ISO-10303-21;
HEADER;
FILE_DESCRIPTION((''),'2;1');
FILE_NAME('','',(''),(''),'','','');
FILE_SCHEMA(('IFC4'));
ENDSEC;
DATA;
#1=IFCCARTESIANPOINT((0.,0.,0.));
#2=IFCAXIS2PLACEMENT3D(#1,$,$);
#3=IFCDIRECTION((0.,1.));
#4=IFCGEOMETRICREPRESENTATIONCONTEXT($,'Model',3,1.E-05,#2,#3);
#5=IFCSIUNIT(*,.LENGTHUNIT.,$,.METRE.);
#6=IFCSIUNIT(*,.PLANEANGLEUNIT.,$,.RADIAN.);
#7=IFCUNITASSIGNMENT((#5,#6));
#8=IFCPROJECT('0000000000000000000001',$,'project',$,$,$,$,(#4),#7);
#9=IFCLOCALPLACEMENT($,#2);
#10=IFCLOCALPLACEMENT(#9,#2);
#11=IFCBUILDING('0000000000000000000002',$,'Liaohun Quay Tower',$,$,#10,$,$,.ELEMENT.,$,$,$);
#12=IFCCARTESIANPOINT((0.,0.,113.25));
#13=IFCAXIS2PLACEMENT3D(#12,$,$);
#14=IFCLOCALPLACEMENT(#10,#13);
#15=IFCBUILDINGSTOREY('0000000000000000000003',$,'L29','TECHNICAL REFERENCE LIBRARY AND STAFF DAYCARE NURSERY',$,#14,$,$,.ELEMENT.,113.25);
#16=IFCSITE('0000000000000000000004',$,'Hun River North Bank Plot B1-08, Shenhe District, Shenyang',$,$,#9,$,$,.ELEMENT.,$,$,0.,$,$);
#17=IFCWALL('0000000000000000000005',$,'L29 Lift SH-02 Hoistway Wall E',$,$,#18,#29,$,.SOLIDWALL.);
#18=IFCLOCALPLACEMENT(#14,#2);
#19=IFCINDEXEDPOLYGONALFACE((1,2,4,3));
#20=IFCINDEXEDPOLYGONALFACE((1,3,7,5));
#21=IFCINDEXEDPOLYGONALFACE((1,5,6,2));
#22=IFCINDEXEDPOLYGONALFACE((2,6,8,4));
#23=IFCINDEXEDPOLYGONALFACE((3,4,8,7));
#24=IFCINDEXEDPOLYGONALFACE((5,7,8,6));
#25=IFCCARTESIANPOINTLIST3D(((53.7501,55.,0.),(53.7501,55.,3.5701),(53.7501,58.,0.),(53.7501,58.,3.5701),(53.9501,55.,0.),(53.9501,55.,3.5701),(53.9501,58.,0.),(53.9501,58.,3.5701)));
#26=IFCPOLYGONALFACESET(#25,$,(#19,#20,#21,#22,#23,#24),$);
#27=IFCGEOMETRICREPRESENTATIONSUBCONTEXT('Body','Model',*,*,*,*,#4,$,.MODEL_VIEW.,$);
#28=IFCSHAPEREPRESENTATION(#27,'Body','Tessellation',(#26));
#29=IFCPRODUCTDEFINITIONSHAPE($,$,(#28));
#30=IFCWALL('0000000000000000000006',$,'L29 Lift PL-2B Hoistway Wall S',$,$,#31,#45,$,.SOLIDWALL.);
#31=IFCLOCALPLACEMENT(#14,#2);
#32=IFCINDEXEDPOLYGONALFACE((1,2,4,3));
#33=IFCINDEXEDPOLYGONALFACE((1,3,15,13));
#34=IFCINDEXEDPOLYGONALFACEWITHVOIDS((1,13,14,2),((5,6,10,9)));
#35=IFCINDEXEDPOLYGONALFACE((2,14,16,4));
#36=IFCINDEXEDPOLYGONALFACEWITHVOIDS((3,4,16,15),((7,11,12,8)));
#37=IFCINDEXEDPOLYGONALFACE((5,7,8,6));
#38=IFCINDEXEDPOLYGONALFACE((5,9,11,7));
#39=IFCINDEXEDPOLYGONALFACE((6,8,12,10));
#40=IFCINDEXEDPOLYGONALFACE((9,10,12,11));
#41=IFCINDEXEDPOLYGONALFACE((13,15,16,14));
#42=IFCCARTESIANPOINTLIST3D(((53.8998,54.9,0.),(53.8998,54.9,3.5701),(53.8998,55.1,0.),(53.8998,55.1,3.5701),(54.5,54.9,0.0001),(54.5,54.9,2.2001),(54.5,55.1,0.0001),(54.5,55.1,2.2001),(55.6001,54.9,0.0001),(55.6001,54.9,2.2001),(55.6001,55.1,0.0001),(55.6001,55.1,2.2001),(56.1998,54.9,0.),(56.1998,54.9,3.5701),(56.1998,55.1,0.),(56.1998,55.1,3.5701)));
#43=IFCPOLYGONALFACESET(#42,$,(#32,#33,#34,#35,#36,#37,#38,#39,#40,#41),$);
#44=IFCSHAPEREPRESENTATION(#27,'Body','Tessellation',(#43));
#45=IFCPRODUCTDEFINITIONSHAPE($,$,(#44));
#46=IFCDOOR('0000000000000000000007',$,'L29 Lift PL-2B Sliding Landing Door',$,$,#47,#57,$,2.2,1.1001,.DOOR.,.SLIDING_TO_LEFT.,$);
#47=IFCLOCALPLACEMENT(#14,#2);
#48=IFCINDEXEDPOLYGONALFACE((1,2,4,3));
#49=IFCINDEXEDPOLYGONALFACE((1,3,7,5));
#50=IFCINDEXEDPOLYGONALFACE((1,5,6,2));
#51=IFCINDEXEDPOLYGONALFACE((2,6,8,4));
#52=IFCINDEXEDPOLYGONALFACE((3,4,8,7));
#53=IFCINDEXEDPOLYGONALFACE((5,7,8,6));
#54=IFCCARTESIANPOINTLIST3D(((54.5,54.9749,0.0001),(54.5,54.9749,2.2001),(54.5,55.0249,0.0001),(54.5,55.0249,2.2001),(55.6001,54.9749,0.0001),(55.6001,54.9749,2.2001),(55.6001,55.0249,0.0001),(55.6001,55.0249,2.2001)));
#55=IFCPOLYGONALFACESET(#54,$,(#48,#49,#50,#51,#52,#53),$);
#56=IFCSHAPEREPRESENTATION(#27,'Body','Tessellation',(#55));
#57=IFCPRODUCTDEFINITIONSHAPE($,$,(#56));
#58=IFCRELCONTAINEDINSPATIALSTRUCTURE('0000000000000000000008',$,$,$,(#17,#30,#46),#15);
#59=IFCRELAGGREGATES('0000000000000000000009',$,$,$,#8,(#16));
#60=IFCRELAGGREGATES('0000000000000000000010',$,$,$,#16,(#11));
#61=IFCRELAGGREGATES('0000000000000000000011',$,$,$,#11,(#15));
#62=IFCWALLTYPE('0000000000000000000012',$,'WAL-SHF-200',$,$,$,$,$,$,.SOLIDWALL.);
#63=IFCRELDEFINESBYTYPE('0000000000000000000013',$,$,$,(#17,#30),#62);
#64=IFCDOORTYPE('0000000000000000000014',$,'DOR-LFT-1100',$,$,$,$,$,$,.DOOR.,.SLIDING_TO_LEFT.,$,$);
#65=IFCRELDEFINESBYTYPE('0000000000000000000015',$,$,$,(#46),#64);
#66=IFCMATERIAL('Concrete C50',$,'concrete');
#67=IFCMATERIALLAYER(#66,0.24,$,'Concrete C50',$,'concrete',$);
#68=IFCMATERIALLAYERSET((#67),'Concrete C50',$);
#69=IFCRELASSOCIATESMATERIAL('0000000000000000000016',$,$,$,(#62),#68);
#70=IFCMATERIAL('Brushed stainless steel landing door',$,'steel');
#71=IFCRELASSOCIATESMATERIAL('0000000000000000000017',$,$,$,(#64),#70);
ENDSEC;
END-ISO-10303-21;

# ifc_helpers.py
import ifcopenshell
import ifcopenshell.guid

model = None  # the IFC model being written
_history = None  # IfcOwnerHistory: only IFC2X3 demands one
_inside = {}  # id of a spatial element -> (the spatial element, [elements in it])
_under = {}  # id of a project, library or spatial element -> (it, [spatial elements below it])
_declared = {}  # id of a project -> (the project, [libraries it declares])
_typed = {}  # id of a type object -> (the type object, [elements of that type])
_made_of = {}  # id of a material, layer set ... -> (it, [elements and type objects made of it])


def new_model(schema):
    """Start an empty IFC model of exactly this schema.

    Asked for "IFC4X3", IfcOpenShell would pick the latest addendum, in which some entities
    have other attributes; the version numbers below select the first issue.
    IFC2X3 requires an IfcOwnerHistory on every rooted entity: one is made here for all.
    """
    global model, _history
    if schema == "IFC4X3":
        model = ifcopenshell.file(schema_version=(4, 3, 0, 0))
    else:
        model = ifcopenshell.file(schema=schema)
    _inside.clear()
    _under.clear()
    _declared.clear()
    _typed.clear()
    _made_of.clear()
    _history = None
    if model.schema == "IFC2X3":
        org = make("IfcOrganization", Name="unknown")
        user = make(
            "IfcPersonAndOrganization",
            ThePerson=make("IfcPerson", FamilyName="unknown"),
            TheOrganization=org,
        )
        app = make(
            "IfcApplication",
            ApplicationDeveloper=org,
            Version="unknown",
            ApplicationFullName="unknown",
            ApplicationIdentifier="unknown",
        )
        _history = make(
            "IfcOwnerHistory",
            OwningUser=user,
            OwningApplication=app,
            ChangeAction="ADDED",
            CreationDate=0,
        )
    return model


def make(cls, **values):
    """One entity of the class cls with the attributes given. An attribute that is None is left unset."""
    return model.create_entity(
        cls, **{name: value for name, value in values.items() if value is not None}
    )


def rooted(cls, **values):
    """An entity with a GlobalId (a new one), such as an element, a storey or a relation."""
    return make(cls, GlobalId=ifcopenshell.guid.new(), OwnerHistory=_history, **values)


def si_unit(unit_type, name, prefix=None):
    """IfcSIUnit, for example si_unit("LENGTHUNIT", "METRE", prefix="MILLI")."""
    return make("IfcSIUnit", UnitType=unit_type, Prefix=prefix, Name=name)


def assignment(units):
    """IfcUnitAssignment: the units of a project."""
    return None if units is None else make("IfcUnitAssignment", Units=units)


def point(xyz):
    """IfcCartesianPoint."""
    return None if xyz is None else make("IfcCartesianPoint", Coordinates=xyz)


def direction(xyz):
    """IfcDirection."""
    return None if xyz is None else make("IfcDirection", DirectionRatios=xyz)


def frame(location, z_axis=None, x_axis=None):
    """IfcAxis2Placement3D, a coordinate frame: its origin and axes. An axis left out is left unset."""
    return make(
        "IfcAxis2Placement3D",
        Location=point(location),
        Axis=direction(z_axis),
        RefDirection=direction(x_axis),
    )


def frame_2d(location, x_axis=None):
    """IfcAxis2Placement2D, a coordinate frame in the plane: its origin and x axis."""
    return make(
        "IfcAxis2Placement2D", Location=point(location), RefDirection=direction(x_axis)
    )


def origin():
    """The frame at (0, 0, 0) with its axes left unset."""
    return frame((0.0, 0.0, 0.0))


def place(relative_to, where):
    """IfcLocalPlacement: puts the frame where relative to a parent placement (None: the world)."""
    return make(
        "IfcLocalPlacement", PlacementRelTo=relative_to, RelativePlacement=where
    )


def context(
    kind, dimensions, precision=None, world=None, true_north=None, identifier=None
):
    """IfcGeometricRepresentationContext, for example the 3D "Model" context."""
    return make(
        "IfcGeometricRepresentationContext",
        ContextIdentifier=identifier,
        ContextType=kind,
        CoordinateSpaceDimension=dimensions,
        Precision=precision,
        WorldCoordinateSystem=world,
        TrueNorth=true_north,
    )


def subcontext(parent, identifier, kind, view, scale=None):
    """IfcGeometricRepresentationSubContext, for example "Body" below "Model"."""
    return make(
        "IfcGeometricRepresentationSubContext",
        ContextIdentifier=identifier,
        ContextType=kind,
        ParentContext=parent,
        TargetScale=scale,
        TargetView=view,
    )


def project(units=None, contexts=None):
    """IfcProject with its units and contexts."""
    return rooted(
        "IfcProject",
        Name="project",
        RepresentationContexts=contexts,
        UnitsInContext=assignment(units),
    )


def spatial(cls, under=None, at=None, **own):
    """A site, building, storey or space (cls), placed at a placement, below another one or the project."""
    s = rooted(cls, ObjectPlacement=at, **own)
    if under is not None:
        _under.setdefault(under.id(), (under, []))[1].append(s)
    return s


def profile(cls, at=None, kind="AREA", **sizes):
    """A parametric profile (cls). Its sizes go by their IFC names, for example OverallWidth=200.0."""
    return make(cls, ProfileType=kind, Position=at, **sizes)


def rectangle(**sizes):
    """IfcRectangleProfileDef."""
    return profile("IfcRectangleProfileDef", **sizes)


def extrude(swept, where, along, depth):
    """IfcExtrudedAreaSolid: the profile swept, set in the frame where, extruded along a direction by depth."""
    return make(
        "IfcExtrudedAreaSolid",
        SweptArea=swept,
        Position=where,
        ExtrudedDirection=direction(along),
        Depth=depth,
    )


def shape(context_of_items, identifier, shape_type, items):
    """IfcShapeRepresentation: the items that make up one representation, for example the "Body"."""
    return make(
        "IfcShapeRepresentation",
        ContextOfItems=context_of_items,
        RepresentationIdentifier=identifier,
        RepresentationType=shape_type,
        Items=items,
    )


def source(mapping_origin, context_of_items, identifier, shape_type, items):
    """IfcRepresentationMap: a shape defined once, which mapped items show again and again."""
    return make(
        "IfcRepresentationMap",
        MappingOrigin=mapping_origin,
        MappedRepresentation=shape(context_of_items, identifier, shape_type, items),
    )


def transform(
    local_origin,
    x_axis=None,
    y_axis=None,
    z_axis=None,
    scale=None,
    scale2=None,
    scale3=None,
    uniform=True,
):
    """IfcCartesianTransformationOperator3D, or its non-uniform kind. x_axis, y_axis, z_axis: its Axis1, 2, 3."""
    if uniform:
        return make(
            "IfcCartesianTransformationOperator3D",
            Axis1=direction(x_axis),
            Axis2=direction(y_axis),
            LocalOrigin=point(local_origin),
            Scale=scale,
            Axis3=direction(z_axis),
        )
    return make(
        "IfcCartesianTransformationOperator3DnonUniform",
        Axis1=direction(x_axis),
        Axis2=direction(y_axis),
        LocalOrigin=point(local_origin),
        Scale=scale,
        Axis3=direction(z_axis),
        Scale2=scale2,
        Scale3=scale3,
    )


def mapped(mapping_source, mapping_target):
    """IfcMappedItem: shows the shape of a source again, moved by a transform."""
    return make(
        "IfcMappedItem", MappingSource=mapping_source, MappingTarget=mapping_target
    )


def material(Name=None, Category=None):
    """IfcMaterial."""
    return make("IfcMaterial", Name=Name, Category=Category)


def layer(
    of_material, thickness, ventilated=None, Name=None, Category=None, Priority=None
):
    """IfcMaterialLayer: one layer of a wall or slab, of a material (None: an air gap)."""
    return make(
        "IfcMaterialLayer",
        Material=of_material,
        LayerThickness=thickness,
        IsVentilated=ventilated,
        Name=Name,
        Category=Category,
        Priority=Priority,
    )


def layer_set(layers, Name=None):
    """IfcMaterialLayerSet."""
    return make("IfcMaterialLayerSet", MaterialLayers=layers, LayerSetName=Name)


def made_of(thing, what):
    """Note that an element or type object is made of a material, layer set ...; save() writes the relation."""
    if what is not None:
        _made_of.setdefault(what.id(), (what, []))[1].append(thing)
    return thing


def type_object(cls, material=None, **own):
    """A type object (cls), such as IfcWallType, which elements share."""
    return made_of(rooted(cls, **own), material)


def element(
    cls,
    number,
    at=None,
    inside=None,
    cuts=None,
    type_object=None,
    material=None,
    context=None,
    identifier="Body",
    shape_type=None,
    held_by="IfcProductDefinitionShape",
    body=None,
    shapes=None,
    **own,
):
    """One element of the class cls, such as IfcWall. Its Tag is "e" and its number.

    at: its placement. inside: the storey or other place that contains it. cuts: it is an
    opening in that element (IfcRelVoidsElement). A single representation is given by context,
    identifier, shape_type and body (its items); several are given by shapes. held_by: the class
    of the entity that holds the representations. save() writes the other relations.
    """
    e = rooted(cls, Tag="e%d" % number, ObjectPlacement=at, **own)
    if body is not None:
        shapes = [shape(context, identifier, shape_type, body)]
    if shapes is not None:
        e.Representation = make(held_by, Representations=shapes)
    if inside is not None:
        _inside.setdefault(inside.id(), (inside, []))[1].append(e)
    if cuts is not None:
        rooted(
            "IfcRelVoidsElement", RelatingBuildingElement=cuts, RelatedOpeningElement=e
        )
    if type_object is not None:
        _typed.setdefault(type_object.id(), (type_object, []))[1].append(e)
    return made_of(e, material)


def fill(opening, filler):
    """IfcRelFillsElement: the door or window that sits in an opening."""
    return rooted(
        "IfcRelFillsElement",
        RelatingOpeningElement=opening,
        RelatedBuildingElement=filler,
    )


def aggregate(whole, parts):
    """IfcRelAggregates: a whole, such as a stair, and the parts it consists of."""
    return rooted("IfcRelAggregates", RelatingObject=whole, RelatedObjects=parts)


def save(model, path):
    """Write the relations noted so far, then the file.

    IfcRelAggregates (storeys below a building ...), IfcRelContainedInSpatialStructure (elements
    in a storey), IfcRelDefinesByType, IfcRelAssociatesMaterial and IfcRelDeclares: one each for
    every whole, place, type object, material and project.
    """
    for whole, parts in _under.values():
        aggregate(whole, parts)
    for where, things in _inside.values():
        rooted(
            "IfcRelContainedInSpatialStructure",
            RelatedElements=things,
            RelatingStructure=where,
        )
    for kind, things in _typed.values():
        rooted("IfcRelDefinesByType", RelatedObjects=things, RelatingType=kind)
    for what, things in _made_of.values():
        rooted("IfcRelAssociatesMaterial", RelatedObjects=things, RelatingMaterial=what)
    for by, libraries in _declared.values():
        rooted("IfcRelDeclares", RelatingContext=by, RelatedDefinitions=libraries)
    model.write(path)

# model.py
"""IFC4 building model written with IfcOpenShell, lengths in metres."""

from ifc_helpers import new_model, si_unit, direction, frame, frame_2d, origin, place, context, subcontext, project, spatial, rectangle, extrude, source, transform, mapped, material, layer, layer_set, type_object, element, fill, save


model = new_model("IFC4")

# Units and contexts
model_context = context("Model", 3, precision=1e-05, world=origin(), true_north=direction((0.0, 1.0)))
body_context = subcontext(model_context, "Body", "Model", "MODEL_VIEW")
ifc_project = project(units=[si_unit("LENGTHUNIT", "METRE"), si_unit("PLANEANGLEUNIT", "RADIAN")], contexts=[model_context])

# Site, building, storey
site_placement = place(None, origin())
site = spatial("IfcSite", under=ifc_project, at=site_placement, Name="Hun River North Bank Plot B1-08, Shenhe District, Shenyang", CompositionType="ELEMENT", RefElevation=0.0)
building_placement = place(site_placement, origin())
building = spatial("IfcBuilding", under=site, at=building_placement, Name="Liaohun Quay Tower", CompositionType="ELEMENT")
storey_placement = place(building_placement, frame((0.0, 0.0, 113.25)))
storey = spatial("IfcBuildingStorey", under=building, at=storey_placement, Name="L29", Description="TECHNICAL REFERENCE LIBRARY AND STAFF DAYCARE NURSERY", CompositionType="ELEMENT", Elevation=113.25)

# Shared definitions
ifc_material_1 = material(Name="Concrete C50", Category="concrete")

# Shared definitions
ifc_layer_1 = layer(ifc_material_1, 0.24, Name="Concrete C50", Category="concrete")
ifc_layer_set_1 = layer_set([ifc_layer_1], Name="Concrete C50")
wall_type_1 = type_object("IfcWallType", Name="WAL-SHF-200", PredefinedType="SOLIDWALL", material=ifc_layer_set_1)

# Wall
wall_1_placement = place(storey_placement, frame((53.8501, 55.0, 0.0), z_axis=(0.0, 0.0, 1.0), x_axis=(0.0, 1.0, 0.0)))
element("IfcWall", 1, at=wall_1_placement, inside=storey, type_object=wall_type_1, Name="L29 Lift SH-02 Hoistway Wall E", PredefinedType="SOLIDWALL", context=body_context, shape_type="SweptSolid", body=[
    extrude(rectangle(XDim=3.0, YDim=0.2, at=frame_2d((1.5, 0.0))), origin(), (0.0, 0.0, 1.0), 3.5701),
])

# Wall, opening, door
wall_2_placement = place(storey_placement, frame((53.8999, 55.0, 0.0), z_axis=(0.0, 0.0, 1.0), x_axis=(1.0, 0.0, 0.0)))
wall_2 = element("IfcWall", 2, at=wall_2_placement, inside=storey, type_object=wall_type_1, Name="L29 Lift PL-2B Hoistway Wall S", PredefinedType="SOLIDWALL", context=body_context, shape_type="SweptSolid", body=[
    extrude(rectangle(XDim=2.3, YDim=0.2, at=frame_2d((1.1499, 0.0))), origin(), (0.0, 0.0, 1.0), 3.5701),
])
shared_shape_1 = source(origin(), body_context, "Body", "SweptSolid", [
    extrude(rectangle(XDim=1.1001, YDim=2.2, at=frame_2d((0.55, 1.1001))), frame((0.0, 0.1099, 0.0), z_axis=(0.0, -1.0, 0.0), x_axis=(1.0, 0.0, 0.0)), (0.0, 0.0, 1.0), 0.22),
])
opening_1_placement = place(wall_2_placement, frame((0.6001, 0.0, 0.0)))
opening_1 = element("IfcOpeningElement", 3, at=opening_1_placement, cuts=wall_2, PredefinedType="OPENING", context=body_context, shape_type="MappedRepresentation", body=[
    mapped(shared_shape_1, transform((0.0, 0.0, 0.0), x_axis=(1.0, 0.0, 0.0), y_axis=(0.0, 1.0, 0.0), z_axis=(0.0, 0.0, 1.0), scale=1.0)),
])
ifc_material_2 = material(Name="Brushed stainless steel landing door", Category="steel")
door_type_1 = type_object("IfcDoorType", Name="DOR-LFT-1100", OperationType="SLIDING_TO_LEFT", PredefinedType="DOOR", material=ifc_material_2)
shared_shape_2 = source(origin(), body_context, "Body", "SweptSolid", [
    extrude(rectangle(XDim=1.1001, YDim=2.2, at=frame_2d((0.55, 1.1001))), frame((0.0, 0.0249, 0.0), z_axis=(0.0, -1.0, 0.0), x_axis=(1.0, 0.0, 0.0)), (0.0, 0.0, 1.0), 0.05),
])
door_1_placement = place(opening_1_placement, origin())
door_1 = element("IfcDoor", 4, at=door_1_placement, inside=storey, type_object=door_type_1, Name="L29 Lift PL-2B Sliding Landing Door", OperationType="SLIDING_TO_LEFT", OverallHeight=2.2, OverallWidth=1.1001, PredefinedType="DOOR", context=body_context, shape_type="MappedRepresentation", body=[
    mapped(shared_shape_2, transform((0.0, 0.0, 0.0), x_axis=(1.0, 0.0, 0.0), y_axis=(0.0, 1.0, 0.0), z_axis=(0.0, 0.0, 1.0), scale=1.0)),
])
fill(opening_1, door_1)

save(model, "model.ifc")
